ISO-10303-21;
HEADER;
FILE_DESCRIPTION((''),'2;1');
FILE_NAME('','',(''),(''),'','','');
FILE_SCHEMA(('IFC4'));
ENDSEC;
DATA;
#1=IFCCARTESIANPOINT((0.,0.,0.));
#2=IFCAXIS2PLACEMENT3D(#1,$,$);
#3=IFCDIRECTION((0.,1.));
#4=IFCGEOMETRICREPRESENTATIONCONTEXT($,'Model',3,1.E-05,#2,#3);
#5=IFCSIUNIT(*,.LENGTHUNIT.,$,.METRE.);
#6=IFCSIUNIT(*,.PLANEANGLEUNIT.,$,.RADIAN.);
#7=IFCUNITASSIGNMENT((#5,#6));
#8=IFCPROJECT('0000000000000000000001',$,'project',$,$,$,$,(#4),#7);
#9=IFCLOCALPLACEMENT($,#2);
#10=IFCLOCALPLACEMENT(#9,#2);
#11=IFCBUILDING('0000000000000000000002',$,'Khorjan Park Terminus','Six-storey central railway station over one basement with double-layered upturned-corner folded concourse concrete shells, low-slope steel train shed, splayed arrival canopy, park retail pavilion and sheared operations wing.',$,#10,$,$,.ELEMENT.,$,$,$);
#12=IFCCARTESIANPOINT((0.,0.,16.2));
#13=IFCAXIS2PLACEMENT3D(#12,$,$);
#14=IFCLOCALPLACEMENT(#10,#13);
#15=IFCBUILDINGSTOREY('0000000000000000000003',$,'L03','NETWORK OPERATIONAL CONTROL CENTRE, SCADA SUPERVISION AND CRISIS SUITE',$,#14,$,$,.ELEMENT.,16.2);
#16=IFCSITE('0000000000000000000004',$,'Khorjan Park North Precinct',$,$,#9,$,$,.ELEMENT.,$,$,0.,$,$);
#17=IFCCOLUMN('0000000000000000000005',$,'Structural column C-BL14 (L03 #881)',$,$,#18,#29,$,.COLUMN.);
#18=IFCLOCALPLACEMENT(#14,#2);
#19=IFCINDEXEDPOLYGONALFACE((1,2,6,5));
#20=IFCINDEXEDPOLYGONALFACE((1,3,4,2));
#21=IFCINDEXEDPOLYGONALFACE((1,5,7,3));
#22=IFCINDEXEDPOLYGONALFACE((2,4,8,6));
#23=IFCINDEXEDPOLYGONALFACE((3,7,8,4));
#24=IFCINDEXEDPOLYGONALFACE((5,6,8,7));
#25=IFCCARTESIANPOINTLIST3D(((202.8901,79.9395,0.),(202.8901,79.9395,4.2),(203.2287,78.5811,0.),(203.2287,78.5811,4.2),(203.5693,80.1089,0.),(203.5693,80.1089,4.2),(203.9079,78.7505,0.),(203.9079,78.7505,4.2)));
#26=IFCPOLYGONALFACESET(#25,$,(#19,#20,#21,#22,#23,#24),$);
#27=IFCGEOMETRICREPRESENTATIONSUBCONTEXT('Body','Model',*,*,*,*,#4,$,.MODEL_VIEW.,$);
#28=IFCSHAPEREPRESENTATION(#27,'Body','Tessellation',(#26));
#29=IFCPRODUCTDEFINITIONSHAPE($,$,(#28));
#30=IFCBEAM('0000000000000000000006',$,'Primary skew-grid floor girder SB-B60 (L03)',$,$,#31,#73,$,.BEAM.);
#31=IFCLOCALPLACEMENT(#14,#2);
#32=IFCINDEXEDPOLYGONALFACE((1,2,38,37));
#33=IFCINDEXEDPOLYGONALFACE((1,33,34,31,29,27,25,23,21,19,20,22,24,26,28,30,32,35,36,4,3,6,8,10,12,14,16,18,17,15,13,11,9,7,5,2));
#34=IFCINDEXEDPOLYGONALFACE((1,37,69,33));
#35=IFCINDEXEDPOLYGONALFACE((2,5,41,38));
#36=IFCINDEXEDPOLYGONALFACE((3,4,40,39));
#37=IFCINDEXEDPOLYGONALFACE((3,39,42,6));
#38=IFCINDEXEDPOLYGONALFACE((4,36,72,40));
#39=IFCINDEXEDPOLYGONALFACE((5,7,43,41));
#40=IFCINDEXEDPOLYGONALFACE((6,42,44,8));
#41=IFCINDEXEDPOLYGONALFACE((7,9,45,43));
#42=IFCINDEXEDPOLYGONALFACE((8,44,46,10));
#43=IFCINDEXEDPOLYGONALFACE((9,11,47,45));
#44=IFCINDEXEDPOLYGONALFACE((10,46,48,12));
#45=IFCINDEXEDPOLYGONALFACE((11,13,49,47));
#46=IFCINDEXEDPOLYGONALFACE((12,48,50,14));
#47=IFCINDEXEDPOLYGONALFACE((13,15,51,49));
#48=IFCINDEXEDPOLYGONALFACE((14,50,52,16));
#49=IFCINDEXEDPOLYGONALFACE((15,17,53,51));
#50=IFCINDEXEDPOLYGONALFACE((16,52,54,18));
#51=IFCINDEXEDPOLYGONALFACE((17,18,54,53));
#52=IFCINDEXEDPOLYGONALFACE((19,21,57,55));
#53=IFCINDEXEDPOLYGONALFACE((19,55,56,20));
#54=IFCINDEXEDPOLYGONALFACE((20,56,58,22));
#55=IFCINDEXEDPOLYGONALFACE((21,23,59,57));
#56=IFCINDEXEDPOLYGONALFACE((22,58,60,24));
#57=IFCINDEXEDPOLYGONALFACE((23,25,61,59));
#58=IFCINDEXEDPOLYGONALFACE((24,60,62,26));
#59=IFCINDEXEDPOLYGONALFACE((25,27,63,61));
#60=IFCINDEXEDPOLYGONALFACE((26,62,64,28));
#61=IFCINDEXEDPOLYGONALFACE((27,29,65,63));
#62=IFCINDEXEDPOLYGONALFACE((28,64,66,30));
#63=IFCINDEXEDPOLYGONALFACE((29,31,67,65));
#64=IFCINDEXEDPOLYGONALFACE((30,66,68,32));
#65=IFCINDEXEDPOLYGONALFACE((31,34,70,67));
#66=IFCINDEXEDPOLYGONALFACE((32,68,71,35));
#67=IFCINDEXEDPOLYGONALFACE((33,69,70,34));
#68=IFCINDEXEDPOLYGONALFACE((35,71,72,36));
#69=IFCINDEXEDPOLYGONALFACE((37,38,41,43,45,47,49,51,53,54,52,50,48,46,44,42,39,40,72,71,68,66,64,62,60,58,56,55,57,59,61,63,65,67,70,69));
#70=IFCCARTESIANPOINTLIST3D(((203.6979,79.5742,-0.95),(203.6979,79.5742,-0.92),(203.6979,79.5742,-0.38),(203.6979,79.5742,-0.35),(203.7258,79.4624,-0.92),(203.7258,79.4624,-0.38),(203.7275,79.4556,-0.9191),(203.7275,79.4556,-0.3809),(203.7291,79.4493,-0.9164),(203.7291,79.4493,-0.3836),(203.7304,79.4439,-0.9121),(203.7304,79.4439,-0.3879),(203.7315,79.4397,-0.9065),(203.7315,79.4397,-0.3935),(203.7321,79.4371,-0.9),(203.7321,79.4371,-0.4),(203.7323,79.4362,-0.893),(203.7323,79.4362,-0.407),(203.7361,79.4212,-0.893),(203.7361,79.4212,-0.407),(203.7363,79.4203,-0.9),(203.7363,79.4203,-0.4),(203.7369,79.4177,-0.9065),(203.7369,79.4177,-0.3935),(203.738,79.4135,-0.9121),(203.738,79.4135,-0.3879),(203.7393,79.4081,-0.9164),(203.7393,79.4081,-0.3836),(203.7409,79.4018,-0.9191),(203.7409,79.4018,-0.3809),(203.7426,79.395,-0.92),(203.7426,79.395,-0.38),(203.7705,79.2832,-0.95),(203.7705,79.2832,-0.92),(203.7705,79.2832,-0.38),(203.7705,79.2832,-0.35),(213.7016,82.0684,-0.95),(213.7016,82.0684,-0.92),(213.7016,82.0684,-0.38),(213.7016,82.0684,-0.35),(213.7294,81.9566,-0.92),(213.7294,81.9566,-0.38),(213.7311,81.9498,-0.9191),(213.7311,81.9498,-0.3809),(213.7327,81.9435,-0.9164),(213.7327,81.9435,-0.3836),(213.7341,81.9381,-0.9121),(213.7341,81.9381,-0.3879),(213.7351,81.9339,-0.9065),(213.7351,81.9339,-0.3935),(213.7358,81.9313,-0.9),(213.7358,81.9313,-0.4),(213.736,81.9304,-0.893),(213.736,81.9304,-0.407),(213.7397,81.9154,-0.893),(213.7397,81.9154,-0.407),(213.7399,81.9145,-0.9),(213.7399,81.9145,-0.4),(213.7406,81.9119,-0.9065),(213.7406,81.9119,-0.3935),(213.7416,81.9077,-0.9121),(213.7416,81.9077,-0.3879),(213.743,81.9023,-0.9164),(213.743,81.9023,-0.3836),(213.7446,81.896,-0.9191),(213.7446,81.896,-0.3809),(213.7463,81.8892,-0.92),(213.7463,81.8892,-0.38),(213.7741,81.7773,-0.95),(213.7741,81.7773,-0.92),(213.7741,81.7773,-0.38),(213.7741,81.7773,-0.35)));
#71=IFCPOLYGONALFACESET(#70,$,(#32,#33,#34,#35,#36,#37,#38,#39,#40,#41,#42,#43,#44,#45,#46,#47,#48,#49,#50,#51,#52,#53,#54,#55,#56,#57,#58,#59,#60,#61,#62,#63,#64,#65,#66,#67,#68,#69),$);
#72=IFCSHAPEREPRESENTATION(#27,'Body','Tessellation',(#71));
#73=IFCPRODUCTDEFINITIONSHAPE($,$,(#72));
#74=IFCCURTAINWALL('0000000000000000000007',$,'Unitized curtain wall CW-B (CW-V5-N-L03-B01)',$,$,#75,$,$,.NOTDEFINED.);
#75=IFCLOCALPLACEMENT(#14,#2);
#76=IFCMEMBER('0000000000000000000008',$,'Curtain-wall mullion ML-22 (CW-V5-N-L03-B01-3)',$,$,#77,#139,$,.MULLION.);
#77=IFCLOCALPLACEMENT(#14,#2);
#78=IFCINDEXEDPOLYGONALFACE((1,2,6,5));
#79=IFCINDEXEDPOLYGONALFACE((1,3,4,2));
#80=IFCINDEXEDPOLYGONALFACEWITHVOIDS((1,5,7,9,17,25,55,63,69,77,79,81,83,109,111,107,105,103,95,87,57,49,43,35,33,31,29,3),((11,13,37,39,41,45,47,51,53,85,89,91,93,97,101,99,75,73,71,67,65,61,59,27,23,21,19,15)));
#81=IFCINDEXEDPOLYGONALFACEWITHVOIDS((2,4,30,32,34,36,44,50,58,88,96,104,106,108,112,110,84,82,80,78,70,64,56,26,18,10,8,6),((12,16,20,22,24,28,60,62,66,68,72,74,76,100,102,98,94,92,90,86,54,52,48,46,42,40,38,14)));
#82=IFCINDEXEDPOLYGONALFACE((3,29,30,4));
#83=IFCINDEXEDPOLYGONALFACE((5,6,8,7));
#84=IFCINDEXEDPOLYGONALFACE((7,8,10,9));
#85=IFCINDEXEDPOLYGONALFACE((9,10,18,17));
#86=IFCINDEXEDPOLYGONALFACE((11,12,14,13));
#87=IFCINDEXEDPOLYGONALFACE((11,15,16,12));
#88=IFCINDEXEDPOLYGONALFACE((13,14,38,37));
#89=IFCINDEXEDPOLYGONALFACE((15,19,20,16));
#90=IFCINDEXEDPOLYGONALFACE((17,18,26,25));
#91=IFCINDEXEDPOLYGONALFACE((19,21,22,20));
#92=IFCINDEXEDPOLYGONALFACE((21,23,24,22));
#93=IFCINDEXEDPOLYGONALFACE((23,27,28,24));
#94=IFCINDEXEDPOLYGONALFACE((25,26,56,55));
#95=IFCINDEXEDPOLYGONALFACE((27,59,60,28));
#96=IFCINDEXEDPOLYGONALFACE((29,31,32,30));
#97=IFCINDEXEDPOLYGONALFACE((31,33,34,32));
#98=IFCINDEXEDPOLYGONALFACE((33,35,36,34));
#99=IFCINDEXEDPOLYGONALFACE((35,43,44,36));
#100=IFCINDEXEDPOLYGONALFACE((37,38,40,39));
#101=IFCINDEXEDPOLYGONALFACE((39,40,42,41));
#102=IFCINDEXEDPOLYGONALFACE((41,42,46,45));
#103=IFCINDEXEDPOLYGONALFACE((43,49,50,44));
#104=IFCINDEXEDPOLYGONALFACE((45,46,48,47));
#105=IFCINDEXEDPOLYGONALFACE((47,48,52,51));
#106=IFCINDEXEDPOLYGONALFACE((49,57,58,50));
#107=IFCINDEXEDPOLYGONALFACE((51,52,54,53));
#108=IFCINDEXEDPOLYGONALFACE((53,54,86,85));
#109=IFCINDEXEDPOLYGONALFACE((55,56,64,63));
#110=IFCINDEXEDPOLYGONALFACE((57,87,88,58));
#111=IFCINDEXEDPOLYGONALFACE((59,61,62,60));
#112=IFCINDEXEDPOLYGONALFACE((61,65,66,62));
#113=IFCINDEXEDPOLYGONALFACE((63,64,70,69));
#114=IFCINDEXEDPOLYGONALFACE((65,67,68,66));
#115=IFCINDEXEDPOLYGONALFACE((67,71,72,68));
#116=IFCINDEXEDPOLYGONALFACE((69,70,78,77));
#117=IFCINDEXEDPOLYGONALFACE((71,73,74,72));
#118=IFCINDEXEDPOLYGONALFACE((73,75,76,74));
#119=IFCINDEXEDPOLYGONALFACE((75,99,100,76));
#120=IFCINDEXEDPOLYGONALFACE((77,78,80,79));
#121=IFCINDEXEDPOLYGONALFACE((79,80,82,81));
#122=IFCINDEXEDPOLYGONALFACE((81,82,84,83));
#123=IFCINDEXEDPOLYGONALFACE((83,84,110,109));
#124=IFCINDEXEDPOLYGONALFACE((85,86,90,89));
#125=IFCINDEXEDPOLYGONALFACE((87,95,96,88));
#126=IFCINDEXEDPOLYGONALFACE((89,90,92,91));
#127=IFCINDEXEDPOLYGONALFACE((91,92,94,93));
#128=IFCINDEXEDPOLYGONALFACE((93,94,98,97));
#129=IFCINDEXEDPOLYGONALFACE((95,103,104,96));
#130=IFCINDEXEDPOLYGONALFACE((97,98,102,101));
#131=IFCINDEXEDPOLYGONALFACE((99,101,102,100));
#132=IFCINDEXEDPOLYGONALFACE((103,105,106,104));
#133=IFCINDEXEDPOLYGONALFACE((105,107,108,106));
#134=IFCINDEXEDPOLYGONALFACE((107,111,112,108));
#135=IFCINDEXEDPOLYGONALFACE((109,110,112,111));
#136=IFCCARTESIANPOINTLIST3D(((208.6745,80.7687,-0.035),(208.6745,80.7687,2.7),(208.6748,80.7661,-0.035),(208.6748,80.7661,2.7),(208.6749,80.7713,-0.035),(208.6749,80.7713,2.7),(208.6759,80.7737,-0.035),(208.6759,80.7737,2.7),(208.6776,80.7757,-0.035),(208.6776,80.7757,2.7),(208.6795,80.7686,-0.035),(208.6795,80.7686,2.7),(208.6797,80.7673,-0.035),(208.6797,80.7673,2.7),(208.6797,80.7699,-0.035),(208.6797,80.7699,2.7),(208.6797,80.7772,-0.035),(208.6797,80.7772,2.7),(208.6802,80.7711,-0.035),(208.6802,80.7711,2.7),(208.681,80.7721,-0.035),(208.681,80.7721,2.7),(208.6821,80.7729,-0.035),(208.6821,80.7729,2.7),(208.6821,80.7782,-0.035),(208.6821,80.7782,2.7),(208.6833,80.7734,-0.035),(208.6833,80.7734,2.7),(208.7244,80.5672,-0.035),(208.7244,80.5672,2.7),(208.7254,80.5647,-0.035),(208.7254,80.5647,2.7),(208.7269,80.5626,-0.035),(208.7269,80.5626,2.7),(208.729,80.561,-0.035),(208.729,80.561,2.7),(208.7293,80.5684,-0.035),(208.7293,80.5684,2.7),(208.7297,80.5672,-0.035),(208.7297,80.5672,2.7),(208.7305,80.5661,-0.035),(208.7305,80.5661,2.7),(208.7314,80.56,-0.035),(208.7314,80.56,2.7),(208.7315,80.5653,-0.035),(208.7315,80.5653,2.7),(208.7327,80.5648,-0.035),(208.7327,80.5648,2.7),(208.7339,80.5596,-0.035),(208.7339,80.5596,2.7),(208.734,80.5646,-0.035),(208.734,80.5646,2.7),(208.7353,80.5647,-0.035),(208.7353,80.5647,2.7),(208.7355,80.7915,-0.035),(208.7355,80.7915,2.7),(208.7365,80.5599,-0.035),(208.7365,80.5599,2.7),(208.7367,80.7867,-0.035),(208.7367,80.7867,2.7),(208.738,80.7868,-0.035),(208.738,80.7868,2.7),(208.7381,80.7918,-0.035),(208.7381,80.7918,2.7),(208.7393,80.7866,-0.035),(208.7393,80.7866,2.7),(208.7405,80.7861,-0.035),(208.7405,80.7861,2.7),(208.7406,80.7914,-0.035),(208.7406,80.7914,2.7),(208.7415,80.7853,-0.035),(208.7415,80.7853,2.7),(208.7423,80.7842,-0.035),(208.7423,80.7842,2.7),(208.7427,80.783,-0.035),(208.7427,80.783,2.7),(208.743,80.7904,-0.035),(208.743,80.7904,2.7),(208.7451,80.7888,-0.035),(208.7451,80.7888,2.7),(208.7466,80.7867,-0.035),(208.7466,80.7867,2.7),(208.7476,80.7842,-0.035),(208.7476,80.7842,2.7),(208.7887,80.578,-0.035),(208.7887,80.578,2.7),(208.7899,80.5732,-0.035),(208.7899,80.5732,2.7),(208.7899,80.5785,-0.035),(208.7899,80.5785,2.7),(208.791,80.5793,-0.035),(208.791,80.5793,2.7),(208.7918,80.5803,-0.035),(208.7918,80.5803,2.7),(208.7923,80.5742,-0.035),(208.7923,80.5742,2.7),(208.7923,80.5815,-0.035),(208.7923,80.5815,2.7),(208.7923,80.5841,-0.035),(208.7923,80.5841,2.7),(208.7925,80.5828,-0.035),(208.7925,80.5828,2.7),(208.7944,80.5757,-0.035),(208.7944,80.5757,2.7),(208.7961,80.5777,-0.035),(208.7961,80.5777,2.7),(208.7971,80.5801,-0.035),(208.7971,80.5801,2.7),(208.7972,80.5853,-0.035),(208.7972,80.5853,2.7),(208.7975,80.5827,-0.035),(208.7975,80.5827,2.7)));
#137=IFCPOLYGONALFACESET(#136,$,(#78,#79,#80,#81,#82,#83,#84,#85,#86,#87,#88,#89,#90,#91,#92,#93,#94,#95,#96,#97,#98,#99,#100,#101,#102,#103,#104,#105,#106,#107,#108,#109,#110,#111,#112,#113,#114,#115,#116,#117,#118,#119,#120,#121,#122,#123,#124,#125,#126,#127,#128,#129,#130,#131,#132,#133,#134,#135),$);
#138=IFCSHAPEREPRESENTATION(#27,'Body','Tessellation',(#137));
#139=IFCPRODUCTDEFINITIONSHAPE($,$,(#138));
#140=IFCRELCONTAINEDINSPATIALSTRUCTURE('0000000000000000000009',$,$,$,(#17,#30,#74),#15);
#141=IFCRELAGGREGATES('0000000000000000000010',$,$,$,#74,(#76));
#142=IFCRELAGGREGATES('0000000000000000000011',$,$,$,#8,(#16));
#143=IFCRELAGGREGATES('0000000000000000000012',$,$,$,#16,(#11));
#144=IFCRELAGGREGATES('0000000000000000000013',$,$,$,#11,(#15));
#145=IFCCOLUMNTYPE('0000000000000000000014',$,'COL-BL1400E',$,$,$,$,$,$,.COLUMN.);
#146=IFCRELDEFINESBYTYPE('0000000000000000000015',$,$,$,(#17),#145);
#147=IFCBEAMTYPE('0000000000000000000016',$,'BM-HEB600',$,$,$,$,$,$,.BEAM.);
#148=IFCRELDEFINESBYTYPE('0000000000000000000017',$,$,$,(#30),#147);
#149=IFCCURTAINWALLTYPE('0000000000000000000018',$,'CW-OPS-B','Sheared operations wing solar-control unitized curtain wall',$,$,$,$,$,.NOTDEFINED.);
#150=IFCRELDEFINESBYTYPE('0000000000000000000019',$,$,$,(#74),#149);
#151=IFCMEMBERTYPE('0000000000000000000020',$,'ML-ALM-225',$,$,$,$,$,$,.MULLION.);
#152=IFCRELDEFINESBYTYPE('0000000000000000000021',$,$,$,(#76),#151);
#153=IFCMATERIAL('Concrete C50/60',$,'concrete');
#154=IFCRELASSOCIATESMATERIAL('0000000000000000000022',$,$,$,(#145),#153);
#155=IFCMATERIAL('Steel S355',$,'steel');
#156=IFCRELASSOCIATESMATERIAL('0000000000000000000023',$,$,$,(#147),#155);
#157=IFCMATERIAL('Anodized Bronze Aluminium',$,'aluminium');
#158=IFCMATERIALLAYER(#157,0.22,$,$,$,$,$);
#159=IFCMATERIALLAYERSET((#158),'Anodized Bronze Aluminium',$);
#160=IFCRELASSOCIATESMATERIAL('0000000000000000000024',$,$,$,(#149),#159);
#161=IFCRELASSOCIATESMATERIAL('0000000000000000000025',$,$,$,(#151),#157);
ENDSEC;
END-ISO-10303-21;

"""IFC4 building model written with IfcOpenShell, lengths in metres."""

from ifc_helpers import new_model, si_unit, direction, frame, origin, origin_2d, place, context, subcontext, project, spatial, rectangle, hollow_rectangle, i_section, extrude, material, layer, layer_set, material_profile, profile_set, type_object, element, aggregate, save


model = new_model("IFC4")

# Units and contexts
model_context = context("Model", 3, precision=1e-05, world=origin(), true_north=direction((0.0, 1.0)))
body_context = subcontext(model_context, "Body", "Model", "MODEL_VIEW")
ifc_project = project(units=[si_unit("LENGTHUNIT", "METRE"), si_unit("PLANEANGLEUNIT", "RADIAN")], contexts=[model_context])

# Site, building, storey
site_placement = place(None, origin())
site = spatial("IfcSite", under=ifc_project, at=site_placement, Name="Khorjan Park North Precinct", CompositionType="ELEMENT", RefElevation=0.0)
building_placement = place(site_placement, origin())
building = spatial("IfcBuilding", under=site, at=building_placement, Name="Khorjan Park Terminus", Description="Six-storey central railway station over one basement with double-layered upturned-corner folded concourse concrete shells, low-slope steel train shed, splayed arrival canopy, park retail pavilion and sheared operations wing.", CompositionType="ELEMENT")
storey_placement = place(building_placement, frame((0.0, 0.0, 16.2)))
storey = spatial("IfcBuildingStorey", under=building, at=storey_placement, Name="L03", Description="NETWORK OPERATIONAL CONTROL CENTRE, SCADA SUPERVISION AND CRISIS SUITE", CompositionType="ELEMENT", Elevation=16.2)

# Column
ifc_material_1 = material(Name="Concrete C50/60", Category="concrete")
ifc_material_profile_1 = material_profile(ifc_material_1, rectangle(XDim=0.7, YDim=1.4, at=origin_2d()), Name="RC 700x1400")
ifc_profile_set_1 = profile_set([ifc_material_profile_1], Name="Concrete C50/60")
column_type = type_object("IfcColumnType", Name="COL-BL1400E", PredefinedType="COLUMN", material=ifc_profile_set_1)
column_placement = place(storey_placement, frame((203.399, 79.345, 0.0), z_axis=(0.0, 0.0, 1.0), x_axis=(0.970296, 0.241922, 0.0)))
element("IfcColumn", 1, at=column_placement, inside=storey, type_object=column_type, Name="Structural column C-BL14 (L03 #881)", PredefinedType="COLUMN", context=body_context, shape_type="SweptSolid", body=[
    extrude(rectangle(XDim=0.7, YDim=1.4, at=origin_2d()), origin(), (0.0, 0.0, 1.0), 4.2),
])

# Beam
ifc_material_2 = material(Name="Steel S355", Category="steel")
ifc_material_profile_2 = material_profile(ifc_material_2, i_section(OverallWidth=0.3, OverallDepth=0.6, WebThickness=0.0155, FlangeThickness=0.03, FilletRadius=0.027, at=origin_2d()), Name="HEB 600")
ifc_profile_set_2 = profile_set([ifc_material_profile_2], Name="Steel S355")
beam_type = type_object("IfcBeamType", Name="BM-HEB600", PredefinedType="BEAM", material=ifc_profile_set_2)
beam_placement = place(storey_placement, frame((203.7342, 79.4287, -0.65), z_axis=(0.970296, 0.241922, 0.0), x_axis=(-0.241922, 0.970296, 0.0)))
element("IfcBeam", 2, at=beam_placement, inside=storey, type_object=beam_type, Name="Primary skew-grid floor girder SB-B60 (L03)", PredefinedType="BEAM", context=body_context, shape_type="SweptSolid", body=[
    extrude(i_section(OverallWidth=0.3, OverallDepth=0.6, WebThickness=0.0155, FlangeThickness=0.03, FilletRadius=0.027, at=origin_2d()), origin(), (0.0, 0.0, 1.0), 10.3099),
])

# Curtain wall, member
ifc_material_3 = material(Name="Anodized Bronze Aluminium", Category="aluminium")
ifc_layer_1 = layer(ifc_material_3, 0.22)
ifc_layer_set_1 = layer_set([ifc_layer_1], Name="Anodized Bronze Aluminium")
curtain_wall_type = type_object("IfcCurtainWallType", Name="CW-OPS-B", Description="Sheared operations wing solar-control unitized curtain wall", PredefinedType="NOTDEFINED", material=ifc_layer_set_1)
curtain_wall_placement = place(storey_placement, origin())
curtain_wall = element("IfcCurtainWall", 3, at=curtain_wall_placement, inside=storey, type_object=curtain_wall_type, Name="Unitized curtain wall CW-B (CW-V5-N-L03-B01)", PredefinedType="NOTDEFINED")
ifc_material_profile_3 = material_profile(ifc_material_3, hollow_rectangle(XDim=0.075, YDim=0.225, WallThickness=0.005, InnerFilletRadius=0.005, OuterFilletRadius=0.01, at=origin_2d()), Name="ALM 75x225x5")
ifc_profile_set_3 = profile_set([ifc_material_profile_3], Name="Anodized Bronze Aluminium")
member_type_1 = type_object("IfcMemberType", Name="ML-ALM-225", PredefinedType="MULLION", material=ifc_profile_set_3)
member_1_placement = place(storey_placement, frame((208.736, 80.6757, -0.035), z_axis=(0.0, 0.0, 1.0), x_axis=(-0.970294, -0.241928, 0.0)))
member_1 = element("IfcMember", 4, at=member_1_placement, type_object=member_type_1, Name="Curtain-wall mullion ML-22 (CW-V5-N-L03-B01-3)", PredefinedType="MULLION", context=body_context, shape_type="SweptSolid", body=[
    extrude(hollow_rectangle(XDim=0.075, YDim=0.225, WallThickness=0.005, InnerFilletRadius=0.005, OuterFilletRadius=0.01, at=origin_2d()), origin(), (0.0, 0.0, 1.0), 2.735),
])
aggregate(curtain_wall, [member_1])

save(model, "model.ifc")
